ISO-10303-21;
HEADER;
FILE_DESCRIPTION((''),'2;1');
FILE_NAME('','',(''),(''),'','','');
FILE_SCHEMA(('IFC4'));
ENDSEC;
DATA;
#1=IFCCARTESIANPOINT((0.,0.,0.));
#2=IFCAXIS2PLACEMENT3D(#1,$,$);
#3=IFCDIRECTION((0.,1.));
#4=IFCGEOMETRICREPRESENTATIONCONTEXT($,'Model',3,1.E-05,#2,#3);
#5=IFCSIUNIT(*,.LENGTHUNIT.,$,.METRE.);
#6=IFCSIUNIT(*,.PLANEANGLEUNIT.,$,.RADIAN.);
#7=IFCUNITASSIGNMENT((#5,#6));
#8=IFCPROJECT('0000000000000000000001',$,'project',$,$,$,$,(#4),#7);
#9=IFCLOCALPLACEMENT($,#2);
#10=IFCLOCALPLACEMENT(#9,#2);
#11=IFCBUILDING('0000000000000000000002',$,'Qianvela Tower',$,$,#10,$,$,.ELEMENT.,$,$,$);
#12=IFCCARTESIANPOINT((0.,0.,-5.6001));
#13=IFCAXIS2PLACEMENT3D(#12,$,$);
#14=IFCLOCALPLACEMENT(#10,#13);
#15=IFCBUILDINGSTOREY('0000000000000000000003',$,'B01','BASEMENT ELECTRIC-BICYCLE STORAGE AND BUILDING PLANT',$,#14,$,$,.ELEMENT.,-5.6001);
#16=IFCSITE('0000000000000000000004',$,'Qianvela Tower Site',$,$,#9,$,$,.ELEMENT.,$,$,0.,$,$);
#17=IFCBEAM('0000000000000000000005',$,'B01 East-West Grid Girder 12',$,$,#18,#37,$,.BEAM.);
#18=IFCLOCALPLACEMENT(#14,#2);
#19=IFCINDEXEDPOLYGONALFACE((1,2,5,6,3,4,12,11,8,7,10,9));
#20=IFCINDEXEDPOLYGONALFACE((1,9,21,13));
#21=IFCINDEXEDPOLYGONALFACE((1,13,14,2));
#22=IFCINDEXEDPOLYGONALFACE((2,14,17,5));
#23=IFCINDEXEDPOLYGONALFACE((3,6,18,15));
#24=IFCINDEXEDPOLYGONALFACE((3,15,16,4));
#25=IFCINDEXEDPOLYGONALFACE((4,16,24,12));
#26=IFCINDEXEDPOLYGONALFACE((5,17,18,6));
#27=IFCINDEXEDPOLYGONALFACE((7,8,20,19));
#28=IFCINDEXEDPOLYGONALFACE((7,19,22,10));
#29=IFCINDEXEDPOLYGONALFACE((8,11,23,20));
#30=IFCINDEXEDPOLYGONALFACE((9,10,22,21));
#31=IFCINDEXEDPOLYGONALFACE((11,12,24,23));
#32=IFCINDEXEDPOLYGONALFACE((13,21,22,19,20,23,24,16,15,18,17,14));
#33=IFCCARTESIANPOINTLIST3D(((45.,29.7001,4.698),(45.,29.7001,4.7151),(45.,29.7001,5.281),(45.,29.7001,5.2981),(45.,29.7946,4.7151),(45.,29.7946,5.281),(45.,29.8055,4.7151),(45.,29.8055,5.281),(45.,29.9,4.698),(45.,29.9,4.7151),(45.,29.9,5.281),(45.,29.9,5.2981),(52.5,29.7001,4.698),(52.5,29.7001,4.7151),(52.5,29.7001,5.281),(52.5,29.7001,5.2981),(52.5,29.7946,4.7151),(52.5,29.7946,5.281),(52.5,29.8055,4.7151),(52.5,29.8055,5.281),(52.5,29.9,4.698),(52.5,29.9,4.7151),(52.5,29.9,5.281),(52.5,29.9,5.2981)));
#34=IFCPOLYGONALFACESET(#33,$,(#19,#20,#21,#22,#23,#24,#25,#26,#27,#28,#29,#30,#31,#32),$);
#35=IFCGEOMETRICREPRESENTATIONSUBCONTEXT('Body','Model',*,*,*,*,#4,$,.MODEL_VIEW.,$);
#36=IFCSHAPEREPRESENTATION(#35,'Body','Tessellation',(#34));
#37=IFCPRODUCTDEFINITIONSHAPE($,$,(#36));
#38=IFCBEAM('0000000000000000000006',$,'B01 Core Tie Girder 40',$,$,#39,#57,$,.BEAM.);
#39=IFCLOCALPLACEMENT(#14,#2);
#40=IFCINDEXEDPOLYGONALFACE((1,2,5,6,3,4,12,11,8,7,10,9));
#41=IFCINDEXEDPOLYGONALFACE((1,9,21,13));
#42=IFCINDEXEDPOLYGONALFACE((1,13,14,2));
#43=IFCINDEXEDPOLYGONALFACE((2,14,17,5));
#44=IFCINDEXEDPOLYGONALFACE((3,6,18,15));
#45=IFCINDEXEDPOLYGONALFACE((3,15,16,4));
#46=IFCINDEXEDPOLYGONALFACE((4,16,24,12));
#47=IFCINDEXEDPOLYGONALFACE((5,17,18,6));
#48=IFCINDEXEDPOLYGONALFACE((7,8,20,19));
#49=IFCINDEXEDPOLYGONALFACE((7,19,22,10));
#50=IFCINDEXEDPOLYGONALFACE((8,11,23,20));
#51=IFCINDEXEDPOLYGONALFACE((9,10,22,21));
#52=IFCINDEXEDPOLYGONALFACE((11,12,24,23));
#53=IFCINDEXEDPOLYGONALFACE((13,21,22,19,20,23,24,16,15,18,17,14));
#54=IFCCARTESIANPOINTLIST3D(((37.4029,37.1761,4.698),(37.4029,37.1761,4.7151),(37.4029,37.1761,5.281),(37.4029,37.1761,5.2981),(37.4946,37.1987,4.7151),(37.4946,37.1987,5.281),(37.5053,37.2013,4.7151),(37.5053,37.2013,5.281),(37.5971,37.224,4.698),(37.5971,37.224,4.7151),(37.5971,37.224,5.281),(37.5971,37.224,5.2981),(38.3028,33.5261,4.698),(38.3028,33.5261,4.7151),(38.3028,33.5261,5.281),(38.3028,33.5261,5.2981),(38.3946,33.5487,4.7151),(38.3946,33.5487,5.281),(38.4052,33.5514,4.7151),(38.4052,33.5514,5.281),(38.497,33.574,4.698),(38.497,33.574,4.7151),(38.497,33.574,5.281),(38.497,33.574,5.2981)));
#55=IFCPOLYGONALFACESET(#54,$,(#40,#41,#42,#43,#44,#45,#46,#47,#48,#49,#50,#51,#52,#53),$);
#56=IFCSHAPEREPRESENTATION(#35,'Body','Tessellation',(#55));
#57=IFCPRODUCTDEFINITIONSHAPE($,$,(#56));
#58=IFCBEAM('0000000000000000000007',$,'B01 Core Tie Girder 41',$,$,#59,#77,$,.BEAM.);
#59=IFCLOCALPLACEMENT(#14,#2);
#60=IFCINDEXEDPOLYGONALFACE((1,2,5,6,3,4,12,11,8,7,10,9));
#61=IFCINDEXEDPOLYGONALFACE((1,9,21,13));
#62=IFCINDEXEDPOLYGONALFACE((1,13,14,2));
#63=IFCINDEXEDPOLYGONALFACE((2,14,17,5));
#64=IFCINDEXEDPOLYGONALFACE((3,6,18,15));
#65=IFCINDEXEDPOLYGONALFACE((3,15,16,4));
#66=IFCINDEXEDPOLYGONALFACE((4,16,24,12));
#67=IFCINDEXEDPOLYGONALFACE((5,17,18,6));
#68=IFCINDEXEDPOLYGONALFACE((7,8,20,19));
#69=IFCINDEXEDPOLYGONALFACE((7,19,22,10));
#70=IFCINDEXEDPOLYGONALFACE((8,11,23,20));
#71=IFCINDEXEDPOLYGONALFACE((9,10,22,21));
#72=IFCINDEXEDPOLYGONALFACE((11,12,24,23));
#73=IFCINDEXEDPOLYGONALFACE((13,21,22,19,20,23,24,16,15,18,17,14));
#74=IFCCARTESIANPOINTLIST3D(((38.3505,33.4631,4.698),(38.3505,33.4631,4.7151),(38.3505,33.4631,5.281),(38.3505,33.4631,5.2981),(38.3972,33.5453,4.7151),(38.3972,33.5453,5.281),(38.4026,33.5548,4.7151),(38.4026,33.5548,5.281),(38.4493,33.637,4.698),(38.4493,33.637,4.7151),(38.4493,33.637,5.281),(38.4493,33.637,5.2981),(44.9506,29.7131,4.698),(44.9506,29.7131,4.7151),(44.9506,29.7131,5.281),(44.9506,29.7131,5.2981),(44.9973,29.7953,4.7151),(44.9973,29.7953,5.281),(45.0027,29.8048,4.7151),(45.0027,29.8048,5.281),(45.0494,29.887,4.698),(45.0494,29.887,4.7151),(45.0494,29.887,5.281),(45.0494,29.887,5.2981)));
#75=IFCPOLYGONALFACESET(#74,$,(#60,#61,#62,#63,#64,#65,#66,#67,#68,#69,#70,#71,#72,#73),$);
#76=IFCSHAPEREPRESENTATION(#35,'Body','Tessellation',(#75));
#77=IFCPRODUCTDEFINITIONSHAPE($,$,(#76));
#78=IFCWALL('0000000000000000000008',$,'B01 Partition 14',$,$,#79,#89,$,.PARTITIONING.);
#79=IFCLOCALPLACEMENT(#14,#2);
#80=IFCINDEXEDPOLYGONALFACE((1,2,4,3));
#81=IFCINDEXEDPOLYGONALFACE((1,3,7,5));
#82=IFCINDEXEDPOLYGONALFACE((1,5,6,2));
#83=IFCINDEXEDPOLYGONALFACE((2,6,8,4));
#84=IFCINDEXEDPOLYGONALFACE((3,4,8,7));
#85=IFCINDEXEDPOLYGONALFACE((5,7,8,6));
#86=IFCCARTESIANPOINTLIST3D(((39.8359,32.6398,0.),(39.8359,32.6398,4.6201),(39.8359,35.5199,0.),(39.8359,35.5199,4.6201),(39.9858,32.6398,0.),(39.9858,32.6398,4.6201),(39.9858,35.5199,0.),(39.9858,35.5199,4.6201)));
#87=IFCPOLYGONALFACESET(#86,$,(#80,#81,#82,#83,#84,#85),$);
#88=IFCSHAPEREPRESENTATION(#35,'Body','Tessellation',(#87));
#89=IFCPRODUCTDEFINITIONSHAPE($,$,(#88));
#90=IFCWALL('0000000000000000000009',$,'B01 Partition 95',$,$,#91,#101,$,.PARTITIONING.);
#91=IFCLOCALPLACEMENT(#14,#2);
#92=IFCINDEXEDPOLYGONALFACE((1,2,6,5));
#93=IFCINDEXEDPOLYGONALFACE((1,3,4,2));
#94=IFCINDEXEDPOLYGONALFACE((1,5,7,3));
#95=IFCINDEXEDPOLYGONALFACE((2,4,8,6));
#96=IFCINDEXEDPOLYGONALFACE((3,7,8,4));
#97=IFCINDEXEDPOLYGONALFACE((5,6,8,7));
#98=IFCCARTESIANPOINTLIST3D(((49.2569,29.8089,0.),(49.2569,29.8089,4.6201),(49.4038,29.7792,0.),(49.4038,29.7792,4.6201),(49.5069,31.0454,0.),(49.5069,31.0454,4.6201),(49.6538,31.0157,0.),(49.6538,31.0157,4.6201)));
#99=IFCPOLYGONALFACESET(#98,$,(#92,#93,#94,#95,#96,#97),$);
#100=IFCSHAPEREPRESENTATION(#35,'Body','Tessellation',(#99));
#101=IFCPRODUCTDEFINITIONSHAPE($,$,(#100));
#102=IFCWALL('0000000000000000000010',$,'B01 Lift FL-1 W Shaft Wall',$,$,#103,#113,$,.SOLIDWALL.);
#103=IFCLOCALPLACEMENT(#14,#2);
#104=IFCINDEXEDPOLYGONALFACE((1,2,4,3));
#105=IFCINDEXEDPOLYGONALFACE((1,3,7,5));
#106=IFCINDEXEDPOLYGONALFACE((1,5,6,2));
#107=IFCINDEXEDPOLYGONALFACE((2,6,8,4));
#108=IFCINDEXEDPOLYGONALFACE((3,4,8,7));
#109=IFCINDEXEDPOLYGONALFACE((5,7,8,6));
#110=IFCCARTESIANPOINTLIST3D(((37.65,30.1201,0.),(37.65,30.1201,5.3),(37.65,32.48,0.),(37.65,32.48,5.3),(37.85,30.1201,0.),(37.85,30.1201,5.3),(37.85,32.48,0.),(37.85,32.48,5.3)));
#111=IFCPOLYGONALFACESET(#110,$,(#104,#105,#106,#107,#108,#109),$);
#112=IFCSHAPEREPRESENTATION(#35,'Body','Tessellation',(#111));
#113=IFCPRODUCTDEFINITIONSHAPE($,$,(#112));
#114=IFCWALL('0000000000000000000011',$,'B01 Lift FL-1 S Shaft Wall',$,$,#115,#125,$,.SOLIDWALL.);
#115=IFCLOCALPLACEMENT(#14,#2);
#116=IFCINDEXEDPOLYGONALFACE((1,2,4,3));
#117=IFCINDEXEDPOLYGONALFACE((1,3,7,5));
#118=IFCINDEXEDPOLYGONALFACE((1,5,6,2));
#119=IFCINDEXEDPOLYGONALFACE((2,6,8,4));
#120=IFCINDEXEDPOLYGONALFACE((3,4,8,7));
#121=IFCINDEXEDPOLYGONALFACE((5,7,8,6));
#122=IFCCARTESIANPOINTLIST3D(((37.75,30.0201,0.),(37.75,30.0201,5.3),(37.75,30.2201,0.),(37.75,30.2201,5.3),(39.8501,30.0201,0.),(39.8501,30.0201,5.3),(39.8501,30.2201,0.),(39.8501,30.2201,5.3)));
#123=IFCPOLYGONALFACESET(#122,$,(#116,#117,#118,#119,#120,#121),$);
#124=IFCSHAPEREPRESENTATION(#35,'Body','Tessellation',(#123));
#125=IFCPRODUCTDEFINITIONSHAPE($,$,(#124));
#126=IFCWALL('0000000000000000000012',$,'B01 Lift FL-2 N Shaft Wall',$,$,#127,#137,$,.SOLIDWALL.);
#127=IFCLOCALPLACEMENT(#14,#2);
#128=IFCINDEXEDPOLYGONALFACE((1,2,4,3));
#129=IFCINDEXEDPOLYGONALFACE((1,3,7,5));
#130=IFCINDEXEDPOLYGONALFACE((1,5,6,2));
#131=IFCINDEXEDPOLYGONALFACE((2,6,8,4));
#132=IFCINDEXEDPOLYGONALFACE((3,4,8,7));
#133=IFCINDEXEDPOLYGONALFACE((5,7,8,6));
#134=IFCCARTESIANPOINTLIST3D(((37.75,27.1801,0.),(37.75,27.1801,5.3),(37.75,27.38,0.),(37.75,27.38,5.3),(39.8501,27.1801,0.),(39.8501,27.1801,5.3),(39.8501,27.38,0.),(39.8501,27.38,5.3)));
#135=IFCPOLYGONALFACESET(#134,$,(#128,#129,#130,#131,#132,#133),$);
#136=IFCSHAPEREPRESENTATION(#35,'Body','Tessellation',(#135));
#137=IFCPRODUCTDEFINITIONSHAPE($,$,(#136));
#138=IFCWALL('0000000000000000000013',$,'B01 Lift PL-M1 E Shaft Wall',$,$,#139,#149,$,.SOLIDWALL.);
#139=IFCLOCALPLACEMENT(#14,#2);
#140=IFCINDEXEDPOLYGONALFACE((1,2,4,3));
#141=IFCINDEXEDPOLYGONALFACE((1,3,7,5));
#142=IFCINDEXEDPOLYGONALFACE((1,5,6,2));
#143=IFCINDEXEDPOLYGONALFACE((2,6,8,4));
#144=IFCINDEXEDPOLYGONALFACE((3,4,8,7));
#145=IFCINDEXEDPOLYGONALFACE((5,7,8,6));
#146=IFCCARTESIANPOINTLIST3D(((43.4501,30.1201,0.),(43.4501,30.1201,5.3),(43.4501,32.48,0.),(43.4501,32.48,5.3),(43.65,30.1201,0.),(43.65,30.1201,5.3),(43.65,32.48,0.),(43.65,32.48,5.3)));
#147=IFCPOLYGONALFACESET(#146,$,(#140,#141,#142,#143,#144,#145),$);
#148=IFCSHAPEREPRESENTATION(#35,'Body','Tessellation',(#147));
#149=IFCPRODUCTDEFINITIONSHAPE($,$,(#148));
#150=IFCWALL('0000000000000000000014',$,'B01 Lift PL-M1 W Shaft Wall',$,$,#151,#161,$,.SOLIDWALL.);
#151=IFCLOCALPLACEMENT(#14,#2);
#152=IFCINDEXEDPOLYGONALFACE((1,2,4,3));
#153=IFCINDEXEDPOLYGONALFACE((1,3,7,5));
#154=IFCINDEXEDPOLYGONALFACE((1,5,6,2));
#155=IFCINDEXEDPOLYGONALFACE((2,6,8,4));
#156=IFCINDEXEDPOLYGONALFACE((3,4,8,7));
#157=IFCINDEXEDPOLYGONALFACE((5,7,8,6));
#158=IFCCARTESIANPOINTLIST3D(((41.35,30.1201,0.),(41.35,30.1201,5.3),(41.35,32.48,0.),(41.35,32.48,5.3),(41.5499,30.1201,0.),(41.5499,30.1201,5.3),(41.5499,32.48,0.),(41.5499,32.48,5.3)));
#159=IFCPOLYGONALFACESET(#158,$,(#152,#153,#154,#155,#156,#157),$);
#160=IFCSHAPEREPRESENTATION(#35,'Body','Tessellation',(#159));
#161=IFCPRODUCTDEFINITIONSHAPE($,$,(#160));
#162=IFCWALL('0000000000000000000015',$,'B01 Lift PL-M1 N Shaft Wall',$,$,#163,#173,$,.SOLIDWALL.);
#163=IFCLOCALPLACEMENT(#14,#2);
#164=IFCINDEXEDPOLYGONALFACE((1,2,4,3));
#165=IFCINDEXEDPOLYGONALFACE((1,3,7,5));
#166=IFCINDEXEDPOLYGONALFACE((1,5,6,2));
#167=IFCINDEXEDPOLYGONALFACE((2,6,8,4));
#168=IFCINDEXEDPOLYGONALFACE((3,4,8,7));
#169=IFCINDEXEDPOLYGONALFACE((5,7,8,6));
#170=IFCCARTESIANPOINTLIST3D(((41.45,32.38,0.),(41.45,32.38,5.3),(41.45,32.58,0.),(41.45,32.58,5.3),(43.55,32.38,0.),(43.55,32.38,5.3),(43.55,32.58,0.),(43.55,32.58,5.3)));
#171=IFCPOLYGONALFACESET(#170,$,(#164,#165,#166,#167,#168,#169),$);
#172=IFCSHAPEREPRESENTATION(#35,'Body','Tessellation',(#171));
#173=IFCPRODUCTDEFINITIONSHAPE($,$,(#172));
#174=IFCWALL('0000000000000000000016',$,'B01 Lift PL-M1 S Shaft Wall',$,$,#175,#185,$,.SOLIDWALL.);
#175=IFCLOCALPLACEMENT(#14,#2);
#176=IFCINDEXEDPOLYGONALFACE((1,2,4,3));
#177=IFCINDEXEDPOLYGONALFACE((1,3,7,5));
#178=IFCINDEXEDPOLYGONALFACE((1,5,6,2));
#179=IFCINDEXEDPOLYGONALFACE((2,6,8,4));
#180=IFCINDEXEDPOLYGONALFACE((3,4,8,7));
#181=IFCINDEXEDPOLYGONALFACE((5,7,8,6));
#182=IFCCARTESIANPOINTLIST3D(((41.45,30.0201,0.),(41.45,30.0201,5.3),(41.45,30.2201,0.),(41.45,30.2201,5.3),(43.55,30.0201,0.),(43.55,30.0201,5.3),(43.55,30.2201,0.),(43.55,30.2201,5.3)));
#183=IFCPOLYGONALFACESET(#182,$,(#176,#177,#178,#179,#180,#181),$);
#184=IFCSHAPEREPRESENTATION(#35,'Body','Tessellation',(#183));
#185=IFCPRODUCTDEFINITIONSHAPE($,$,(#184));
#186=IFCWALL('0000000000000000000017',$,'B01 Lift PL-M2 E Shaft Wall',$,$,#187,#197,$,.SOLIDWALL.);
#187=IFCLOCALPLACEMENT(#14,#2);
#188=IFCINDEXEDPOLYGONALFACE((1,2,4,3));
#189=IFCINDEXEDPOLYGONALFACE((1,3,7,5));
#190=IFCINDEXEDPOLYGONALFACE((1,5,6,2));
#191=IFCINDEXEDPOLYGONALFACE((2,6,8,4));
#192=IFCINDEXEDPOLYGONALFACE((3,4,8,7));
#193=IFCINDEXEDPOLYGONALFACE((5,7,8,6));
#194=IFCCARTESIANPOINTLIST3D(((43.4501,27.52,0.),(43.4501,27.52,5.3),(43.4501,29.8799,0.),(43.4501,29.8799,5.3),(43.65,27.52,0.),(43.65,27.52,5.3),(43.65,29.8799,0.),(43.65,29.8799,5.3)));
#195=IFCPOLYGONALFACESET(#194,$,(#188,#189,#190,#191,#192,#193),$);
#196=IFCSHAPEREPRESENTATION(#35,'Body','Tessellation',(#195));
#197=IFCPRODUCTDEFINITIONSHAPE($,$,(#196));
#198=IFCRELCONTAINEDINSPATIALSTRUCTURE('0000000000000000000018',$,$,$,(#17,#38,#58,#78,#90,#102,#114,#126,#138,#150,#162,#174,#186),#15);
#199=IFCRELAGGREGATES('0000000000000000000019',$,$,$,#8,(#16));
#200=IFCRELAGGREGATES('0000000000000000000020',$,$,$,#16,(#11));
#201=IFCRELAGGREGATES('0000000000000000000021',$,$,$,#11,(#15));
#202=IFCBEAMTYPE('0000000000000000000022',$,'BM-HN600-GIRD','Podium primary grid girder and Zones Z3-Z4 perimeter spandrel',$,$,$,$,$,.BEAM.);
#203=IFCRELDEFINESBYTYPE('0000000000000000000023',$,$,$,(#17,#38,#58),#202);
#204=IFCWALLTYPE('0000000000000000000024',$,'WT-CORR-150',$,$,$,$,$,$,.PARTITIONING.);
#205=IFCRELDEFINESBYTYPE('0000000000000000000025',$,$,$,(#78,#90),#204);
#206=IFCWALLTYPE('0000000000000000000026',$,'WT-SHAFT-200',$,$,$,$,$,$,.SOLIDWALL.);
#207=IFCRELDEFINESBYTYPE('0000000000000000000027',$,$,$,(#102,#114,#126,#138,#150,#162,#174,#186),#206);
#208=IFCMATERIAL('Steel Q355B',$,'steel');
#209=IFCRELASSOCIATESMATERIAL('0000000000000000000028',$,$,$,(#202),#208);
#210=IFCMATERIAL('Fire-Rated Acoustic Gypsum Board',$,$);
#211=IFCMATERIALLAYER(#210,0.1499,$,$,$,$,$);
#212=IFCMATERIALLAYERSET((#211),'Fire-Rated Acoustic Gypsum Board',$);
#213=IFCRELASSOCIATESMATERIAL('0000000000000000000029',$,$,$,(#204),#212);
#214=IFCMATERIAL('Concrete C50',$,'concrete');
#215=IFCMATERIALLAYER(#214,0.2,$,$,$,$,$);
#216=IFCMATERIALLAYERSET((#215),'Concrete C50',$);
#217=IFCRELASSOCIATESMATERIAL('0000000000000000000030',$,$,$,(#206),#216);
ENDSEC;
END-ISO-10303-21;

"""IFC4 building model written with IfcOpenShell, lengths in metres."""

from ifc_helpers import new_model, si_unit, direction, frame, frame_2d, origin, origin_2d, place, context, subcontext, project, spatial, rectangle, i_section, extrude, material, layer, layer_set, material_profile, profile_set, type_object, element, save


model = new_model("IFC4")

# Units and contexts
model_context = context("Model", 3, precision=1e-05, world=origin(), true_north=direction((0.0, 1.0)))
body_context = subcontext(model_context, "Body", "Model", "MODEL_VIEW")
ifc_project = project(units=[si_unit("LENGTHUNIT", "METRE"), si_unit("PLANEANGLEUNIT", "RADIAN")], contexts=[model_context])

# Site, building, storey
site_placement = place(None, origin())
site = spatial("IfcSite", under=ifc_project, at=site_placement, Name="Qianvela Tower Site", CompositionType="ELEMENT", RefElevation=0.0)
building_placement = place(site_placement, origin())
building = spatial("IfcBuilding", under=site, at=building_placement, Name="Qianvela Tower", CompositionType="ELEMENT")
storey_placement = place(building_placement, frame((0.0, 0.0, -5.6001)))
storey = spatial("IfcBuildingStorey", under=building, at=storey_placement, Name="B01", Description="BASEMENT ELECTRIC-BICYCLE STORAGE AND BUILDING PLANT", CompositionType="ELEMENT", Elevation=-5.6001)

# Beams
ifc_material_1 = material(Name="Steel Q355B", Category="steel")
ifc_material_profile_1 = material_profile(ifc_material_1, i_section(OverallWidth=0.2, OverallDepth=0.6001, WebThickness=0.011, FlangeThickness=0.0171, at=origin_2d()), Name="HN600x200x11x17")
ifc_profile_set_1 = profile_set([ifc_material_profile_1], Name="Steel Q355B")
beam_type_1 = type_object("IfcBeamType", Name="BM-HN600-GIRD", Description="Podium primary grid girder and Zones Z3-Z4 perimeter spandrel", PredefinedType="BEAM", material=ifc_profile_set_1)
beam_1_placement = place(storey_placement, frame((45.0, 29.8, 4.998), z_axis=(1.0, 0.0, 0.0), x_axis=(0.0, 1.0, 0.0)))
element("IfcBeam", 1, at=beam_1_placement, inside=storey, type_object=beam_type_1, Name="B01 East-West Grid Girder 12", PredefinedType="BEAM", context=body_context, shape_type="SweptSolid", body=[
    extrude(i_section(OverallWidth=0.2, OverallDepth=0.6001, WebThickness=0.011, FlangeThickness=0.0171, at=origin_2d()), origin(), (0.0, 0.0, 1.0), 7.5),
])
beam_2_placement = place(storey_placement, frame((38.3999, 33.55, 4.998), z_axis=(-0.239386, 0.970924, 0.0), x_axis=(-0.970924, -0.239386, 0.0)))
element("IfcBeam", 2, at=beam_2_placement, inside=storey, type_object=beam_type_1, Name="B01 Core Tie Girder 40", PredefinedType="BEAM", context=body_context, shape_type="SweptSolid", body=[
    extrude(i_section(OverallWidth=0.2, OverallDepth=0.6001, WebThickness=0.011, FlangeThickness=0.0171, at=origin_2d()), origin(), (0.0, 0.0, 1.0), 3.7593),
])
beam_3_placement = place(storey_placement, frame((38.3999, 33.55, 4.998), z_axis=(0.86946, -0.494004, 0.0), x_axis=(0.494004, 0.86946, 0.0)))
element("IfcBeam", 3, at=beam_3_placement, inside=storey, type_object=beam_type_1, Name="B01 Core Tie Girder 41", PredefinedType="BEAM", context=body_context, shape_type="SweptSolid", body=[
    extrude(i_section(OverallWidth=0.2, OverallDepth=0.6001, WebThickness=0.011, FlangeThickness=0.0171, at=origin_2d()), origin(), (0.0, 0.0, 1.0), 7.5911),
])

# Walls
ifc_material_2 = material(Name="Fire-Rated Acoustic Gypsum Board")
ifc_layer_1 = layer(ifc_material_2, 0.1499)
ifc_layer_set_1 = layer_set([ifc_layer_1], Name="Fire-Rated Acoustic Gypsum Board")
wall_type_1 = type_object("IfcWallType", Name="WT-CORR-150", PredefinedType="PARTITIONING", material=ifc_layer_set_1)
wall_1_placement = place(storey_placement, frame((39.9109, 32.6399, 0.0), z_axis=(0.0, 0.0, 1.0), x_axis=(0.0, 1.0, 0.0)))
element("IfcWall", 4, at=wall_1_placement, inside=storey, type_object=wall_type_1, Name="B01 Partition 14", PredefinedType="PARTITIONING", context=body_context, shape_type="SweptSolid", body=[
    extrude(rectangle(XDim=2.8801, YDim=0.1499, at=frame_2d((1.4399, 0.0))), origin(), (0.0, 0.0, 1.0), 4.6201),
])
wall_2_placement = place(storey_placement, frame((49.3303, 29.7939, 0.0), z_axis=(0.0, 0.0, 1.0), x_axis=(0.198163, 0.980169, 0.0)))
element("IfcWall", 5, at=wall_2_placement, inside=storey, type_object=wall_type_1, Name="B01 Partition 95", PredefinedType="PARTITIONING", context=body_context, shape_type="SweptSolid", body=[
    extrude(rectangle(XDim=1.2615, YDim=0.1499, at=frame_2d((0.6309, 0.0))), origin(), (0.0, 0.0, 1.0), 4.6201),
])

# Shared definitions
ifc_material_3 = material(Name="Concrete C50", Category="concrete")
ifc_layer_2 = layer(ifc_material_3, 0.2)
ifc_layer_set_2 = layer_set([ifc_layer_2], Name="Concrete C50")
wall_type_2 = type_object("IfcWallType", Name="WT-SHAFT-200", PredefinedType="SOLIDWALL", material=ifc_layer_set_2)

# Walls
wall_3_placement = place(storey_placement, frame((37.75, 30.1201, 0.0), z_axis=(0.0, 0.0, 1.0), x_axis=(0.0, 1.0, 0.0)))
element("IfcWall", 6, at=wall_3_placement, inside=storey, type_object=wall_type_2, Name="B01 Lift FL-1 W Shaft Wall", PredefinedType="SOLIDWALL", context=body_context, shape_type="SweptSolid", body=[
    extrude(rectangle(XDim=2.3599, YDim=0.2, at=frame_2d((1.1799, 0.0))), origin(), (0.0, 0.0, 1.0), 5.3),
])
for number, where, z_axis, x_axis, name in (
    (7, (37.75, 30.1201, 0.0), (0.0, 0.0, 1.0), (1.0, 0.0, 0.0), "B01 Lift FL-1 S Shaft Wall"),
    (8, (37.75, 27.28, 0.0), (0.0, 0.0, 1.0), (1.0, 0.0, 0.0), "B01 Lift FL-2 N Shaft Wall"),
):
    element("IfcWall", number, at=place(storey_placement, frame(where, z_axis=z_axis, x_axis=x_axis)), inside=storey, type_object=wall_type_2, Name=name, PredefinedType="SOLIDWALL", context=body_context, shape_type="SweptSolid", body=[
        extrude(rectangle(XDim=2.1001, YDim=0.2, at=frame_2d((1.05, 0.0))), origin(), (0.0, 0.0, 1.0), 5.3),
    ])
for number, where, z_axis, x_axis, name in (
    (9, (43.55, 30.1201, 0.0), (0.0, 0.0, 1.0), (0.0, 1.0, 0.0), "B01 Lift PL-M1 E Shaft Wall"),
    (10, (41.45, 30.1201, 0.0), (0.0, 0.0, 1.0), (0.0, 1.0, 0.0), "B01 Lift PL-M1 W Shaft Wall"),
):
    element("IfcWall", number, at=place(storey_placement, frame(where, z_axis=z_axis, x_axis=x_axis)), inside=storey, type_object=wall_type_2, Name=name, PredefinedType="SOLIDWALL", context=body_context, shape_type="SweptSolid", body=[
        extrude(rectangle(XDim=2.3599, YDim=0.2, at=frame_2d((1.1799, 0.0))), origin(), (0.0, 0.0, 1.0), 5.3),
    ])
for number, where, z_axis, x_axis, name in (
    (11, (41.45, 32.48, 0.0), (0.0, 0.0, 1.0), (1.0, 0.0, 0.0), "B01 Lift PL-M1 N Shaft Wall"),
    (12, (41.45, 30.1201, 0.0), (0.0, 0.0, 1.0), (1.0, 0.0, 0.0), "B01 Lift PL-M1 S Shaft Wall"),
):
    element("IfcWall", number, at=place(storey_placement, frame(where, z_axis=z_axis, x_axis=x_axis)), inside=storey, type_object=wall_type_2, Name=name, PredefinedType="SOLIDWALL", context=body_context, shape_type="SweptSolid", body=[
        extrude(rectangle(XDim=2.1001, YDim=0.2, at=frame_2d((1.05, 0.0))), origin(), (0.0, 0.0, 1.0), 5.3),
    ])
for number, where, z_axis, x_axis, name in (
    (13, (43.55, 27.52, 0.0), (0.0, 0.0, 1.0), (0.0, 1.0, 0.0), "B01 Lift PL-M2 E Shaft Wall"),
):
    element("IfcWall", number, at=place(storey_placement, frame(where, z_axis=z_axis, x_axis=x_axis)), inside=storey, type_object=wall_type_2, Name=name, PredefinedType="SOLIDWALL", context=body_context, shape_type="SweptSolid", body=[
        extrude(rectangle(XDim=2.3599, YDim=0.2, at=frame_2d((1.1799, 0.0))), origin(), (0.0, 0.0, 1.0), 5.3),
    ])

save(model, "model.ifc")
